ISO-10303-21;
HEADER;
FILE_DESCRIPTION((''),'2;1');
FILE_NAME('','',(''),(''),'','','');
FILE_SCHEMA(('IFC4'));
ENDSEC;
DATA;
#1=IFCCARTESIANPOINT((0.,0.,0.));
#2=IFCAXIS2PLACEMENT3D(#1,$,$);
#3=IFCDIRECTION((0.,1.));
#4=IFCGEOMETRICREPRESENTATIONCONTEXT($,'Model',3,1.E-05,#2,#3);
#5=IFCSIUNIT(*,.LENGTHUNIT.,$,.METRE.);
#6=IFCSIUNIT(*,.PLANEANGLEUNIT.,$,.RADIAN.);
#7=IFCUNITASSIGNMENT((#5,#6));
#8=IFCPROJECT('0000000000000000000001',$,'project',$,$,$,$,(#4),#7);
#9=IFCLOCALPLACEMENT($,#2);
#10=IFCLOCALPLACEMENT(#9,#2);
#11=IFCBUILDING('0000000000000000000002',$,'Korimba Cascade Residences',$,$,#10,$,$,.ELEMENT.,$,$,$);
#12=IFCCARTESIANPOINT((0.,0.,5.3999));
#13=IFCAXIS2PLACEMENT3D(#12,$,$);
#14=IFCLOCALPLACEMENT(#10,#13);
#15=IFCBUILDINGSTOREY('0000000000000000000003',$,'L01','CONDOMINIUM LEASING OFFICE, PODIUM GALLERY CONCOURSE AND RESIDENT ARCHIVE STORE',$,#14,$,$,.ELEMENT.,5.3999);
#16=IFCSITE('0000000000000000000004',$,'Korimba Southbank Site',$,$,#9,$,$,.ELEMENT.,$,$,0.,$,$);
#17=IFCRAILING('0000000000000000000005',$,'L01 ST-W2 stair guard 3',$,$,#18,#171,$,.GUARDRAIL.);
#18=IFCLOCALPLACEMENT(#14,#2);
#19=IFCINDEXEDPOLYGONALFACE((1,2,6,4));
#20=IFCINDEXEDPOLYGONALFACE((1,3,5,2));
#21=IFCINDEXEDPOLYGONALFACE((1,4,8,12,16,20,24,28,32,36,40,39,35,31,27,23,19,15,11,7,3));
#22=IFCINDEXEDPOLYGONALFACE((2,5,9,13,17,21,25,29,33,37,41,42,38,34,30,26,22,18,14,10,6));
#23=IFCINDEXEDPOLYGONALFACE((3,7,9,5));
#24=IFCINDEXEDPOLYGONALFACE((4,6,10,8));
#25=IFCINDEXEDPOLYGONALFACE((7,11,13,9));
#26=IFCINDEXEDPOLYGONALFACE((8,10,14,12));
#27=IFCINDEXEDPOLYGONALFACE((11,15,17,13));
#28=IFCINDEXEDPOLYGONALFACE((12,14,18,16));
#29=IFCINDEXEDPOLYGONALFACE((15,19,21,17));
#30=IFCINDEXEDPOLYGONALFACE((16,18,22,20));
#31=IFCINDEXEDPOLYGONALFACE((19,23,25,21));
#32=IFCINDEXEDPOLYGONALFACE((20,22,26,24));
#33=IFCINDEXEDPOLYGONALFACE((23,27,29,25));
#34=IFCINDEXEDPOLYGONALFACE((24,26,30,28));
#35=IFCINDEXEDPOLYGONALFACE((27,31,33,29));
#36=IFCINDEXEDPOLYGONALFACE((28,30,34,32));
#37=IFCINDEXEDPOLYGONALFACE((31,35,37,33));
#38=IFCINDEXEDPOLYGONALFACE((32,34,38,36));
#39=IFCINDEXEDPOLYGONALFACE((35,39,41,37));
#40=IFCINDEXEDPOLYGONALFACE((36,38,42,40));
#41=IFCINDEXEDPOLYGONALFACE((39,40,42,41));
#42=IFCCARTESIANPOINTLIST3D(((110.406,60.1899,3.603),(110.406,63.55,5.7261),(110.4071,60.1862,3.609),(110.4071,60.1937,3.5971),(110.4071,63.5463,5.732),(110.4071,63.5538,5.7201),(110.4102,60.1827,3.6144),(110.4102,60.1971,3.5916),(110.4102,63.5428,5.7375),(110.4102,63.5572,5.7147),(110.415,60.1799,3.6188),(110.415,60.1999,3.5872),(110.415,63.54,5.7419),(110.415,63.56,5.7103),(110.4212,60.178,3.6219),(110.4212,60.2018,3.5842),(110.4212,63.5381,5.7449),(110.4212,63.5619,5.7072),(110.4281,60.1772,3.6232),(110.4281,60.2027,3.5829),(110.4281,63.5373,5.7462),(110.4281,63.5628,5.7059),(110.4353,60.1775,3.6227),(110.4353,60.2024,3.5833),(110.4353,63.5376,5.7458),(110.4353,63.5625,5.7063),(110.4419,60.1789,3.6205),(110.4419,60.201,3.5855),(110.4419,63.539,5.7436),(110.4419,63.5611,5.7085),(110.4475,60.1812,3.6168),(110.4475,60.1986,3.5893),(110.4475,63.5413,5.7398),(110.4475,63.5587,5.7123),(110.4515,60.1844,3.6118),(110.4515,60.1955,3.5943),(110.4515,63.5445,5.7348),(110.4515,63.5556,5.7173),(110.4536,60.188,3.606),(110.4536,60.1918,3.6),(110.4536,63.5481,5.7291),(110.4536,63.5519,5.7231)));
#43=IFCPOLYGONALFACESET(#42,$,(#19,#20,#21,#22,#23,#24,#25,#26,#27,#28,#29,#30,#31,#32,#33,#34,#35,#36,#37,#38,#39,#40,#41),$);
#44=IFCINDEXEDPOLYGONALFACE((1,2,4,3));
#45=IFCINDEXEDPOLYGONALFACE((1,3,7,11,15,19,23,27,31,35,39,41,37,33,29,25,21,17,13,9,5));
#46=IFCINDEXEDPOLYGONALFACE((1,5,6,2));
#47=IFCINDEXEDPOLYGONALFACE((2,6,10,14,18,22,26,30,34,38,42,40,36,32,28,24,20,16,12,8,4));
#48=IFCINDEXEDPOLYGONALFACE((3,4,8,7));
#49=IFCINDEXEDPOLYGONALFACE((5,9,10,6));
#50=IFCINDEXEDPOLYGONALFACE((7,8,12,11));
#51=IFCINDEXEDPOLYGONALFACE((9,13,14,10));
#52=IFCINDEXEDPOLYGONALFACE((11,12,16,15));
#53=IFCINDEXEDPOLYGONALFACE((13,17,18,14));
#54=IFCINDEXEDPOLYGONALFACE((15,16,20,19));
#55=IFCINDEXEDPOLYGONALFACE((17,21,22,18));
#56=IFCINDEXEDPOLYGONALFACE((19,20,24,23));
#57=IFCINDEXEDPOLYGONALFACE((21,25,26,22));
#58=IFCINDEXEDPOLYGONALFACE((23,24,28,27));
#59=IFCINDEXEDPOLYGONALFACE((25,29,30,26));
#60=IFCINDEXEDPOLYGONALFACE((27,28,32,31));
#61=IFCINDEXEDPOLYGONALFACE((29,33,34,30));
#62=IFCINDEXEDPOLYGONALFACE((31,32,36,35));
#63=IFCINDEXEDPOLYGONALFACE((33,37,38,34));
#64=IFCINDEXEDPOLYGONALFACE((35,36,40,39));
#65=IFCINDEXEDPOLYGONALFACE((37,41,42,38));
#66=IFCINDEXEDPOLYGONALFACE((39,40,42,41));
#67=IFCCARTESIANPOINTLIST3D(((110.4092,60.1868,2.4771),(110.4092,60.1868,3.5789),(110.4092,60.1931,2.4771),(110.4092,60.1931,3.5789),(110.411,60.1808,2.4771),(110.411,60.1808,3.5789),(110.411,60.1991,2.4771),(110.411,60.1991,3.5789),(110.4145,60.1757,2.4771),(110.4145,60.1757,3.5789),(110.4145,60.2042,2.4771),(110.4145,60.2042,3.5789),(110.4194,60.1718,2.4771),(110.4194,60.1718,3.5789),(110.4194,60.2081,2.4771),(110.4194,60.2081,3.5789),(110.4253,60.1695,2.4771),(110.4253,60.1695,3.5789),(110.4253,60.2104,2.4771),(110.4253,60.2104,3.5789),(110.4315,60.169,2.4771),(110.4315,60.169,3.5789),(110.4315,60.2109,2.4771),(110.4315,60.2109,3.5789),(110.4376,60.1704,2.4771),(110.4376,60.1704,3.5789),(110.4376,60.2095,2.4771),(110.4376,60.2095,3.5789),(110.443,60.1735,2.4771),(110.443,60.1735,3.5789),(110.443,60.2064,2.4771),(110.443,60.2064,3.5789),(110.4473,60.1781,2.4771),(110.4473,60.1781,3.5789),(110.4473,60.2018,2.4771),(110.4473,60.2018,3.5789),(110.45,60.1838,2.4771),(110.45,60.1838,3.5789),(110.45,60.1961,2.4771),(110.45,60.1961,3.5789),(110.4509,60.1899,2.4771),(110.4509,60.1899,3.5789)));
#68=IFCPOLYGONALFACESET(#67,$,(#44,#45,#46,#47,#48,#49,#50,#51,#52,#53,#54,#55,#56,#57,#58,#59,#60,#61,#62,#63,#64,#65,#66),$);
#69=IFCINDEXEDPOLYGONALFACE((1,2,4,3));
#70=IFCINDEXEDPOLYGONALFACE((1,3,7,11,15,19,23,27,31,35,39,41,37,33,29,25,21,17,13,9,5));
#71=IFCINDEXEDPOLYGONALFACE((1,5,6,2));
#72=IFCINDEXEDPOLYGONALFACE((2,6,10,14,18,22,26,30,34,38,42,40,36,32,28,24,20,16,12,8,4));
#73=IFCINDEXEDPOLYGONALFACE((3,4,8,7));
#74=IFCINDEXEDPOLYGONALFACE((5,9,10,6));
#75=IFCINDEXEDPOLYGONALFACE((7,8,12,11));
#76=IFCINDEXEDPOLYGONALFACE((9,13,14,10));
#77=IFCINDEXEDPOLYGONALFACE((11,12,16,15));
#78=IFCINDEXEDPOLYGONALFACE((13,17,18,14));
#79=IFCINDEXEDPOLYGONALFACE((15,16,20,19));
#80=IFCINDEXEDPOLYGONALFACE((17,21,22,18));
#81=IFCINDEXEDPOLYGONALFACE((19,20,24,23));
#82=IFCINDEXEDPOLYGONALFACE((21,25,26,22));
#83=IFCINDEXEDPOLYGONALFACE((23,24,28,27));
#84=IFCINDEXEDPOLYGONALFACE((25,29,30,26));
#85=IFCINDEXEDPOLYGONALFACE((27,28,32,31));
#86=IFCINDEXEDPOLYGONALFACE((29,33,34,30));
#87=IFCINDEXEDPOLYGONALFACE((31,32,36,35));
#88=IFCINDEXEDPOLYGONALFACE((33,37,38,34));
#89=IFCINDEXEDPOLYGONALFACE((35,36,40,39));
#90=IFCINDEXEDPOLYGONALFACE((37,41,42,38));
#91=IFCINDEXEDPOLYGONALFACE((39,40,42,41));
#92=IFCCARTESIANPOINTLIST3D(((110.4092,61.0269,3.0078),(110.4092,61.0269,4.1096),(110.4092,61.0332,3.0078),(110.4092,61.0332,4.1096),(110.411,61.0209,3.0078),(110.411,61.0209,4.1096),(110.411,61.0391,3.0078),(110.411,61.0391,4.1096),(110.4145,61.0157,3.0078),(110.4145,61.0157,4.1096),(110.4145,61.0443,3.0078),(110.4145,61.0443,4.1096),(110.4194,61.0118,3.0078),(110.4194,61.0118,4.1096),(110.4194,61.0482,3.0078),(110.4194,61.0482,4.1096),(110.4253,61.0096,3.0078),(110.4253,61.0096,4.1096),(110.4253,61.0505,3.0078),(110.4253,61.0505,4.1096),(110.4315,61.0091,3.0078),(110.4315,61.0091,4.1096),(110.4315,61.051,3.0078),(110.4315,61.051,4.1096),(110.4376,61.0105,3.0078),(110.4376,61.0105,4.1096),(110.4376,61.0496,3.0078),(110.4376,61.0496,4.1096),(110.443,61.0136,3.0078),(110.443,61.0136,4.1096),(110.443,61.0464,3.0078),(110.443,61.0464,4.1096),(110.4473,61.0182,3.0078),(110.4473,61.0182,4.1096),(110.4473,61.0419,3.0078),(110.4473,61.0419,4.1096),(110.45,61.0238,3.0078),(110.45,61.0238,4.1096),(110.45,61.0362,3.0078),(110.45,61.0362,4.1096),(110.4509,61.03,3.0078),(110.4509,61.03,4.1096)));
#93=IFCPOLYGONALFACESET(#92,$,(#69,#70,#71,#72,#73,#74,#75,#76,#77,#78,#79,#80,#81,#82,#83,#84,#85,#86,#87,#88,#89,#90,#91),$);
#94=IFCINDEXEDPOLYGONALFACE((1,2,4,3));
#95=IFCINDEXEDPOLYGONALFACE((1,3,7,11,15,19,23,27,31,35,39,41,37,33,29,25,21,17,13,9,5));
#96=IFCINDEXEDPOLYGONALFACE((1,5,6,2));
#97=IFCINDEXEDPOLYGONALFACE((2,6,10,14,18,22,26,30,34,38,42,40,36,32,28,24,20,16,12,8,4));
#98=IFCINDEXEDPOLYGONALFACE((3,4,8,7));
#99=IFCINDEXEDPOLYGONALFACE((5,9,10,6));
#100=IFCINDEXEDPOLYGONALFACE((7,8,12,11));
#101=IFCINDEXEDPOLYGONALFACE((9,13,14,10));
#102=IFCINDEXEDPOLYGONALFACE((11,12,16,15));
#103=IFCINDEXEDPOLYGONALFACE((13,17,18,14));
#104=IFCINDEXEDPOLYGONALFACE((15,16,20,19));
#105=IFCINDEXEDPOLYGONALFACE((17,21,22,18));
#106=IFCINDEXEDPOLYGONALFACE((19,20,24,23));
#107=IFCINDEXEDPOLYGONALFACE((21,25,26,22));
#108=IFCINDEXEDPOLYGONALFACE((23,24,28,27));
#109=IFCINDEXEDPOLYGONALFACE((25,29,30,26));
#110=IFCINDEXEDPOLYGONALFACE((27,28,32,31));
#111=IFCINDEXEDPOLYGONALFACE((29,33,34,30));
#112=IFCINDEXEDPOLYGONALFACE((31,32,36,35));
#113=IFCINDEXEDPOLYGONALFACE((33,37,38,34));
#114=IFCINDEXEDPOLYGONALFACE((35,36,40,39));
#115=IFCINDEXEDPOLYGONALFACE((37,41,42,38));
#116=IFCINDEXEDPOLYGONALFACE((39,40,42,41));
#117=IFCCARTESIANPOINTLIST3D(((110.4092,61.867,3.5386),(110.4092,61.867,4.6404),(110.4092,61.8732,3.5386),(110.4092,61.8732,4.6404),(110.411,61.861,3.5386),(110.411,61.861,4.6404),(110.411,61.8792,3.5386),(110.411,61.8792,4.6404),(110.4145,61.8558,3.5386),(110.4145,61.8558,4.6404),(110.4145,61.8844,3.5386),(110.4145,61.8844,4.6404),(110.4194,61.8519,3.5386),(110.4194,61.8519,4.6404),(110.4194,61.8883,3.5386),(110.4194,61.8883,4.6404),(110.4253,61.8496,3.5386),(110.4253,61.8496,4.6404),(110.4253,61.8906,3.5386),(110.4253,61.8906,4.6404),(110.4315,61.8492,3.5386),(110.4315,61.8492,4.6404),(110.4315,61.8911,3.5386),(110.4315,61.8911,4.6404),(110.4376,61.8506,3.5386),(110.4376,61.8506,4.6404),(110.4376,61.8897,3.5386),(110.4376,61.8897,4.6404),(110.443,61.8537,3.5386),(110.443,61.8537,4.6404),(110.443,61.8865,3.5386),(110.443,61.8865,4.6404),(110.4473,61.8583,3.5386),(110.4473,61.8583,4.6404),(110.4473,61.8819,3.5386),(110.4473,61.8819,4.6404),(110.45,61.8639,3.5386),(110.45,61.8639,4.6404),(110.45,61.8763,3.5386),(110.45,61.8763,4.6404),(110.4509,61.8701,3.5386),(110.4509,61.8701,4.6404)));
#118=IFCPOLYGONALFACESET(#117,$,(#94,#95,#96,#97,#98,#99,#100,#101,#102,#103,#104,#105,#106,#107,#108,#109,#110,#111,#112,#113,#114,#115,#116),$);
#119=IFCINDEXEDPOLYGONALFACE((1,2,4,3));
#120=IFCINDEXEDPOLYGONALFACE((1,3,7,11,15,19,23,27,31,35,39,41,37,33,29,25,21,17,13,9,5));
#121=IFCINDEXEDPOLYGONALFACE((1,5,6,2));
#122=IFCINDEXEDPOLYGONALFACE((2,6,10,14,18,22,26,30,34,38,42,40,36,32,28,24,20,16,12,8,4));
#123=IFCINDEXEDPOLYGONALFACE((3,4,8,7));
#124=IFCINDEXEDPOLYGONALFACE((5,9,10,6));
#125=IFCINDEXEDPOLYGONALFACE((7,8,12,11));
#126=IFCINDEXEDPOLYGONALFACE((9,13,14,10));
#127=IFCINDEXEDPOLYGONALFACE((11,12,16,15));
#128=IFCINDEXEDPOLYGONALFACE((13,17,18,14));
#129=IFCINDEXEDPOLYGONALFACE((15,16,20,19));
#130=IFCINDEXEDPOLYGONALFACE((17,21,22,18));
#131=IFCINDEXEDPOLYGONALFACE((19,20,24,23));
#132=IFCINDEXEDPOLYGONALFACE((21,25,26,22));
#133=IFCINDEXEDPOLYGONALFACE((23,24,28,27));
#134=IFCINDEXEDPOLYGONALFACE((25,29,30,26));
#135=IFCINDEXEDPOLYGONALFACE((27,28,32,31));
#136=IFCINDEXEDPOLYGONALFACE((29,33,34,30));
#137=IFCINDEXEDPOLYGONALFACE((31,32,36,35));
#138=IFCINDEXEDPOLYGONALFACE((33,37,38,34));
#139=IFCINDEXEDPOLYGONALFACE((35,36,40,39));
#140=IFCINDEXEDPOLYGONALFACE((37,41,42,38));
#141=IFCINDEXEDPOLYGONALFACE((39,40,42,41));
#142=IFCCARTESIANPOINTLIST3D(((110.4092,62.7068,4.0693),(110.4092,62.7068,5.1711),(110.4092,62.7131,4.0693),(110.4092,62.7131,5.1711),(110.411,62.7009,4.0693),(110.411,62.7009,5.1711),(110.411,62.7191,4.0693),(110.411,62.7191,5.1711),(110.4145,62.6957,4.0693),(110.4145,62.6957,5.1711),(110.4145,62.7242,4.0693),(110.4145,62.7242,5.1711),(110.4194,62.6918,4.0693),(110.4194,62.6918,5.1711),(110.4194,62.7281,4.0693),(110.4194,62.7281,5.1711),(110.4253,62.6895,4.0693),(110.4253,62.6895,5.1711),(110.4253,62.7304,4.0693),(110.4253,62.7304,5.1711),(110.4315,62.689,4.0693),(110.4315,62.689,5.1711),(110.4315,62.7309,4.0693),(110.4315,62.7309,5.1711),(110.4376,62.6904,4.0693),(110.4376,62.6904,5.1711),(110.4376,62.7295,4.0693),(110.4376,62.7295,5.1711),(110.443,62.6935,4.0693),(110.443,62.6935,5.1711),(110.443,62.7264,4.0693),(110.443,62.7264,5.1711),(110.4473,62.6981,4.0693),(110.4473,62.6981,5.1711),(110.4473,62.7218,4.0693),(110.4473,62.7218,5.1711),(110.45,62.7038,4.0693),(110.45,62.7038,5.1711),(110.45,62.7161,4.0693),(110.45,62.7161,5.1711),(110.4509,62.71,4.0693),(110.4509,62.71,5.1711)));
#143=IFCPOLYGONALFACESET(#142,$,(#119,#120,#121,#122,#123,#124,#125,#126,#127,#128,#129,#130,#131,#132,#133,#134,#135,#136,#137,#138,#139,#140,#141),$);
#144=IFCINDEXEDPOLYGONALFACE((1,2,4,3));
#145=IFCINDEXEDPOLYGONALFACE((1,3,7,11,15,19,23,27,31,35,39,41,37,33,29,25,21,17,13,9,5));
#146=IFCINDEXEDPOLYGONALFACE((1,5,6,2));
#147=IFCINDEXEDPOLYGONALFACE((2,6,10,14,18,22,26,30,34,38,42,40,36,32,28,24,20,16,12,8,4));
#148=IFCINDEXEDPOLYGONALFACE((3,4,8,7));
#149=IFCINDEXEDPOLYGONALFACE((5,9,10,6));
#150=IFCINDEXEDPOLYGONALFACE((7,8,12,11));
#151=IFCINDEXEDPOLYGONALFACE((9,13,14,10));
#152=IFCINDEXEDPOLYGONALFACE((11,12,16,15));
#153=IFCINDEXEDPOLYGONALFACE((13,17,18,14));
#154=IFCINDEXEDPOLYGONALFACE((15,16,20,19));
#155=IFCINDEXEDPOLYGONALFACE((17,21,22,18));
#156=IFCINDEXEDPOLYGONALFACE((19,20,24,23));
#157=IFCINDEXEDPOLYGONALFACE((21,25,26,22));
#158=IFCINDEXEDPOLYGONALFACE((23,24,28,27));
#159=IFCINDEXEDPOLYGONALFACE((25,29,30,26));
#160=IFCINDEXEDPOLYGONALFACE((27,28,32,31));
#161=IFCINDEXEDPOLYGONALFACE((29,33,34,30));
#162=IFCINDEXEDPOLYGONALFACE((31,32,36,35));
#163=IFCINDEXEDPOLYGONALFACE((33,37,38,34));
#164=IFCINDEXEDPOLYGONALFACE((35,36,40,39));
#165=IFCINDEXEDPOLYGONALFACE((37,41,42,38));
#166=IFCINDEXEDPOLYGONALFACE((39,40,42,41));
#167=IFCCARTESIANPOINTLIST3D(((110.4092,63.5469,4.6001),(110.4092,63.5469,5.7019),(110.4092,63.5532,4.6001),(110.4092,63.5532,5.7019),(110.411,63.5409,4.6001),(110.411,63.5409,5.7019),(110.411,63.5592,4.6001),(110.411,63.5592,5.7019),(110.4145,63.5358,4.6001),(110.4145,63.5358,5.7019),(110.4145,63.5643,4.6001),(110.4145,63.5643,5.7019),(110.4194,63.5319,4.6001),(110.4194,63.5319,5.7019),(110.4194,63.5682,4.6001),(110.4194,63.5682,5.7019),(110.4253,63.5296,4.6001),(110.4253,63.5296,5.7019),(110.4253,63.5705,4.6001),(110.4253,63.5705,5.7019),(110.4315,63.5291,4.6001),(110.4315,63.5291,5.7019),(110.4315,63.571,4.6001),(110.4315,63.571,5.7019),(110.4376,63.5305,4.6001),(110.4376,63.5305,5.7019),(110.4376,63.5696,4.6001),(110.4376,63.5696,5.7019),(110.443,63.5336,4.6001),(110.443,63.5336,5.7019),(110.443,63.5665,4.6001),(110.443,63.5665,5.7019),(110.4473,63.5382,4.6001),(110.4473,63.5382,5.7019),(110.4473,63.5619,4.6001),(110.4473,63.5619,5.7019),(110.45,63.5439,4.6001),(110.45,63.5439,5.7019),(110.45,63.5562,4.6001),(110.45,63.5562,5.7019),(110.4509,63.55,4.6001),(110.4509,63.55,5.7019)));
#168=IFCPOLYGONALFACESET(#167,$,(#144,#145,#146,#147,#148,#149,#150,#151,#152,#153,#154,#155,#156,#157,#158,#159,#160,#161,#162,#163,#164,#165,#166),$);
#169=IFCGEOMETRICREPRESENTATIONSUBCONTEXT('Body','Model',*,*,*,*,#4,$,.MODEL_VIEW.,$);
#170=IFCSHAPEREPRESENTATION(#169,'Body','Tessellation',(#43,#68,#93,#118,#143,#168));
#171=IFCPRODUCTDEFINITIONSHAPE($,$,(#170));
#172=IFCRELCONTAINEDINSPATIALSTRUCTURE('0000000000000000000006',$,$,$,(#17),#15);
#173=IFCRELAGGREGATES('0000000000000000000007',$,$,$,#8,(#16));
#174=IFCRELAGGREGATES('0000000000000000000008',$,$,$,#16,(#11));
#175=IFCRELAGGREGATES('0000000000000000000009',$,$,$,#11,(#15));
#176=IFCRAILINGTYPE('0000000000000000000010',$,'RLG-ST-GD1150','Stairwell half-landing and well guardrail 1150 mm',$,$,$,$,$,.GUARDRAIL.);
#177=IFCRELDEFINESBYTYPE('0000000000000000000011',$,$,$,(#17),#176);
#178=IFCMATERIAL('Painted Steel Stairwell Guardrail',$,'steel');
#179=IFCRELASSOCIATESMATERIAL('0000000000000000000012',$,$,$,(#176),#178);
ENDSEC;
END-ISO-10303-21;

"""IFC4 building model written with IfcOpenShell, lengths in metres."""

from ifc_helpers import new_model, si_unit, direction, frame, origin, origin_2d, place, context, subcontext, project, spatial, circle, extrude, material, type_object, element, save


model = new_model("IFC4")

# Units and contexts
model_context = context("Model", 3, precision=1e-05, world=origin(), true_north=direction((0.0, 1.0)))
body_context = subcontext(model_context, "Body", "Model", "MODEL_VIEW")
ifc_project = project(units=[si_unit("LENGTHUNIT", "METRE"), si_unit("PLANEANGLEUNIT", "RADIAN")], contexts=[model_context])

# Site, building, storey
site_placement = place(None, origin())
site = spatial("IfcSite", under=ifc_project, at=site_placement, Name="Korimba Southbank Site", CompositionType="ELEMENT", RefElevation=0.0)
building_placement = place(site_placement, origin())
building = spatial("IfcBuilding", under=site, at=building_placement, Name="Korimba Cascade Residences", CompositionType="ELEMENT")
storey_placement = place(building_placement, frame((0.0, 0.0, 5.3999)))
storey = spatial("IfcBuildingStorey", under=building, at=storey_placement, Name="L01", Description="CONDOMINIUM LEASING OFFICE, PODIUM GALLERY CONCOURSE AND RESIDENT ARCHIVE STORE", CompositionType="ELEMENT", Elevation=5.3999)

# Railing
ifc_material_1 = material(Name="Painted Steel Stairwell Guardrail", Category="steel")
railing_type_1 = type_object("IfcRailingType", Name="RLG-ST-GD1150", Description="Stairwell half-landing and well guardrail 1150 mm", PredefinedType="GUARDRAIL", material=ifc_material_1)
railing_1_placement = place(storey_placement, frame((110.4299, 60.1899, 2.4771)))
element("IfcRailing", 1, at=railing_1_placement, inside=storey, type_object=railing_type_1, Name="L01 ST-W2 stair guard 3", PredefinedType="GUARDRAIL", context=body_context, shape_type="SweptSolid", body=[
    extrude(circle(Radius=0.0239, at=origin_2d()), frame((0.0, 0.0, 1.126), z_axis=(0.0, 0.84539, 0.53415), x_axis=(-1.0, 0.0, 0.0)), (0.0, 0.0, 1.0), 3.9746),
    extrude(circle(Radius=0.021, at=origin_2d()), origin(), (0.0, 0.0, 1.0), 1.1018),
    extrude(circle(Radius=0.021, at=origin_2d()), frame((0.0, 0.8401, 0.5308)), (0.0, 0.0, 1.0), 1.1018),
    extrude(circle(Radius=0.021, at=origin_2d()), frame((0.0, 1.6802, 1.0615)), (0.0, 0.0, 1.0), 1.1018),
    extrude(circle(Radius=0.021, at=origin_2d()), frame((0.0, 2.52, 1.5923)), (0.0, 0.0, 1.0), 1.1018),
    extrude(circle(Radius=0.021, at=origin_2d()), frame((0.0, 3.3601, 2.123)), (0.0, 0.0, 1.0), 1.1018),
])

save(model, "model.ifc")
